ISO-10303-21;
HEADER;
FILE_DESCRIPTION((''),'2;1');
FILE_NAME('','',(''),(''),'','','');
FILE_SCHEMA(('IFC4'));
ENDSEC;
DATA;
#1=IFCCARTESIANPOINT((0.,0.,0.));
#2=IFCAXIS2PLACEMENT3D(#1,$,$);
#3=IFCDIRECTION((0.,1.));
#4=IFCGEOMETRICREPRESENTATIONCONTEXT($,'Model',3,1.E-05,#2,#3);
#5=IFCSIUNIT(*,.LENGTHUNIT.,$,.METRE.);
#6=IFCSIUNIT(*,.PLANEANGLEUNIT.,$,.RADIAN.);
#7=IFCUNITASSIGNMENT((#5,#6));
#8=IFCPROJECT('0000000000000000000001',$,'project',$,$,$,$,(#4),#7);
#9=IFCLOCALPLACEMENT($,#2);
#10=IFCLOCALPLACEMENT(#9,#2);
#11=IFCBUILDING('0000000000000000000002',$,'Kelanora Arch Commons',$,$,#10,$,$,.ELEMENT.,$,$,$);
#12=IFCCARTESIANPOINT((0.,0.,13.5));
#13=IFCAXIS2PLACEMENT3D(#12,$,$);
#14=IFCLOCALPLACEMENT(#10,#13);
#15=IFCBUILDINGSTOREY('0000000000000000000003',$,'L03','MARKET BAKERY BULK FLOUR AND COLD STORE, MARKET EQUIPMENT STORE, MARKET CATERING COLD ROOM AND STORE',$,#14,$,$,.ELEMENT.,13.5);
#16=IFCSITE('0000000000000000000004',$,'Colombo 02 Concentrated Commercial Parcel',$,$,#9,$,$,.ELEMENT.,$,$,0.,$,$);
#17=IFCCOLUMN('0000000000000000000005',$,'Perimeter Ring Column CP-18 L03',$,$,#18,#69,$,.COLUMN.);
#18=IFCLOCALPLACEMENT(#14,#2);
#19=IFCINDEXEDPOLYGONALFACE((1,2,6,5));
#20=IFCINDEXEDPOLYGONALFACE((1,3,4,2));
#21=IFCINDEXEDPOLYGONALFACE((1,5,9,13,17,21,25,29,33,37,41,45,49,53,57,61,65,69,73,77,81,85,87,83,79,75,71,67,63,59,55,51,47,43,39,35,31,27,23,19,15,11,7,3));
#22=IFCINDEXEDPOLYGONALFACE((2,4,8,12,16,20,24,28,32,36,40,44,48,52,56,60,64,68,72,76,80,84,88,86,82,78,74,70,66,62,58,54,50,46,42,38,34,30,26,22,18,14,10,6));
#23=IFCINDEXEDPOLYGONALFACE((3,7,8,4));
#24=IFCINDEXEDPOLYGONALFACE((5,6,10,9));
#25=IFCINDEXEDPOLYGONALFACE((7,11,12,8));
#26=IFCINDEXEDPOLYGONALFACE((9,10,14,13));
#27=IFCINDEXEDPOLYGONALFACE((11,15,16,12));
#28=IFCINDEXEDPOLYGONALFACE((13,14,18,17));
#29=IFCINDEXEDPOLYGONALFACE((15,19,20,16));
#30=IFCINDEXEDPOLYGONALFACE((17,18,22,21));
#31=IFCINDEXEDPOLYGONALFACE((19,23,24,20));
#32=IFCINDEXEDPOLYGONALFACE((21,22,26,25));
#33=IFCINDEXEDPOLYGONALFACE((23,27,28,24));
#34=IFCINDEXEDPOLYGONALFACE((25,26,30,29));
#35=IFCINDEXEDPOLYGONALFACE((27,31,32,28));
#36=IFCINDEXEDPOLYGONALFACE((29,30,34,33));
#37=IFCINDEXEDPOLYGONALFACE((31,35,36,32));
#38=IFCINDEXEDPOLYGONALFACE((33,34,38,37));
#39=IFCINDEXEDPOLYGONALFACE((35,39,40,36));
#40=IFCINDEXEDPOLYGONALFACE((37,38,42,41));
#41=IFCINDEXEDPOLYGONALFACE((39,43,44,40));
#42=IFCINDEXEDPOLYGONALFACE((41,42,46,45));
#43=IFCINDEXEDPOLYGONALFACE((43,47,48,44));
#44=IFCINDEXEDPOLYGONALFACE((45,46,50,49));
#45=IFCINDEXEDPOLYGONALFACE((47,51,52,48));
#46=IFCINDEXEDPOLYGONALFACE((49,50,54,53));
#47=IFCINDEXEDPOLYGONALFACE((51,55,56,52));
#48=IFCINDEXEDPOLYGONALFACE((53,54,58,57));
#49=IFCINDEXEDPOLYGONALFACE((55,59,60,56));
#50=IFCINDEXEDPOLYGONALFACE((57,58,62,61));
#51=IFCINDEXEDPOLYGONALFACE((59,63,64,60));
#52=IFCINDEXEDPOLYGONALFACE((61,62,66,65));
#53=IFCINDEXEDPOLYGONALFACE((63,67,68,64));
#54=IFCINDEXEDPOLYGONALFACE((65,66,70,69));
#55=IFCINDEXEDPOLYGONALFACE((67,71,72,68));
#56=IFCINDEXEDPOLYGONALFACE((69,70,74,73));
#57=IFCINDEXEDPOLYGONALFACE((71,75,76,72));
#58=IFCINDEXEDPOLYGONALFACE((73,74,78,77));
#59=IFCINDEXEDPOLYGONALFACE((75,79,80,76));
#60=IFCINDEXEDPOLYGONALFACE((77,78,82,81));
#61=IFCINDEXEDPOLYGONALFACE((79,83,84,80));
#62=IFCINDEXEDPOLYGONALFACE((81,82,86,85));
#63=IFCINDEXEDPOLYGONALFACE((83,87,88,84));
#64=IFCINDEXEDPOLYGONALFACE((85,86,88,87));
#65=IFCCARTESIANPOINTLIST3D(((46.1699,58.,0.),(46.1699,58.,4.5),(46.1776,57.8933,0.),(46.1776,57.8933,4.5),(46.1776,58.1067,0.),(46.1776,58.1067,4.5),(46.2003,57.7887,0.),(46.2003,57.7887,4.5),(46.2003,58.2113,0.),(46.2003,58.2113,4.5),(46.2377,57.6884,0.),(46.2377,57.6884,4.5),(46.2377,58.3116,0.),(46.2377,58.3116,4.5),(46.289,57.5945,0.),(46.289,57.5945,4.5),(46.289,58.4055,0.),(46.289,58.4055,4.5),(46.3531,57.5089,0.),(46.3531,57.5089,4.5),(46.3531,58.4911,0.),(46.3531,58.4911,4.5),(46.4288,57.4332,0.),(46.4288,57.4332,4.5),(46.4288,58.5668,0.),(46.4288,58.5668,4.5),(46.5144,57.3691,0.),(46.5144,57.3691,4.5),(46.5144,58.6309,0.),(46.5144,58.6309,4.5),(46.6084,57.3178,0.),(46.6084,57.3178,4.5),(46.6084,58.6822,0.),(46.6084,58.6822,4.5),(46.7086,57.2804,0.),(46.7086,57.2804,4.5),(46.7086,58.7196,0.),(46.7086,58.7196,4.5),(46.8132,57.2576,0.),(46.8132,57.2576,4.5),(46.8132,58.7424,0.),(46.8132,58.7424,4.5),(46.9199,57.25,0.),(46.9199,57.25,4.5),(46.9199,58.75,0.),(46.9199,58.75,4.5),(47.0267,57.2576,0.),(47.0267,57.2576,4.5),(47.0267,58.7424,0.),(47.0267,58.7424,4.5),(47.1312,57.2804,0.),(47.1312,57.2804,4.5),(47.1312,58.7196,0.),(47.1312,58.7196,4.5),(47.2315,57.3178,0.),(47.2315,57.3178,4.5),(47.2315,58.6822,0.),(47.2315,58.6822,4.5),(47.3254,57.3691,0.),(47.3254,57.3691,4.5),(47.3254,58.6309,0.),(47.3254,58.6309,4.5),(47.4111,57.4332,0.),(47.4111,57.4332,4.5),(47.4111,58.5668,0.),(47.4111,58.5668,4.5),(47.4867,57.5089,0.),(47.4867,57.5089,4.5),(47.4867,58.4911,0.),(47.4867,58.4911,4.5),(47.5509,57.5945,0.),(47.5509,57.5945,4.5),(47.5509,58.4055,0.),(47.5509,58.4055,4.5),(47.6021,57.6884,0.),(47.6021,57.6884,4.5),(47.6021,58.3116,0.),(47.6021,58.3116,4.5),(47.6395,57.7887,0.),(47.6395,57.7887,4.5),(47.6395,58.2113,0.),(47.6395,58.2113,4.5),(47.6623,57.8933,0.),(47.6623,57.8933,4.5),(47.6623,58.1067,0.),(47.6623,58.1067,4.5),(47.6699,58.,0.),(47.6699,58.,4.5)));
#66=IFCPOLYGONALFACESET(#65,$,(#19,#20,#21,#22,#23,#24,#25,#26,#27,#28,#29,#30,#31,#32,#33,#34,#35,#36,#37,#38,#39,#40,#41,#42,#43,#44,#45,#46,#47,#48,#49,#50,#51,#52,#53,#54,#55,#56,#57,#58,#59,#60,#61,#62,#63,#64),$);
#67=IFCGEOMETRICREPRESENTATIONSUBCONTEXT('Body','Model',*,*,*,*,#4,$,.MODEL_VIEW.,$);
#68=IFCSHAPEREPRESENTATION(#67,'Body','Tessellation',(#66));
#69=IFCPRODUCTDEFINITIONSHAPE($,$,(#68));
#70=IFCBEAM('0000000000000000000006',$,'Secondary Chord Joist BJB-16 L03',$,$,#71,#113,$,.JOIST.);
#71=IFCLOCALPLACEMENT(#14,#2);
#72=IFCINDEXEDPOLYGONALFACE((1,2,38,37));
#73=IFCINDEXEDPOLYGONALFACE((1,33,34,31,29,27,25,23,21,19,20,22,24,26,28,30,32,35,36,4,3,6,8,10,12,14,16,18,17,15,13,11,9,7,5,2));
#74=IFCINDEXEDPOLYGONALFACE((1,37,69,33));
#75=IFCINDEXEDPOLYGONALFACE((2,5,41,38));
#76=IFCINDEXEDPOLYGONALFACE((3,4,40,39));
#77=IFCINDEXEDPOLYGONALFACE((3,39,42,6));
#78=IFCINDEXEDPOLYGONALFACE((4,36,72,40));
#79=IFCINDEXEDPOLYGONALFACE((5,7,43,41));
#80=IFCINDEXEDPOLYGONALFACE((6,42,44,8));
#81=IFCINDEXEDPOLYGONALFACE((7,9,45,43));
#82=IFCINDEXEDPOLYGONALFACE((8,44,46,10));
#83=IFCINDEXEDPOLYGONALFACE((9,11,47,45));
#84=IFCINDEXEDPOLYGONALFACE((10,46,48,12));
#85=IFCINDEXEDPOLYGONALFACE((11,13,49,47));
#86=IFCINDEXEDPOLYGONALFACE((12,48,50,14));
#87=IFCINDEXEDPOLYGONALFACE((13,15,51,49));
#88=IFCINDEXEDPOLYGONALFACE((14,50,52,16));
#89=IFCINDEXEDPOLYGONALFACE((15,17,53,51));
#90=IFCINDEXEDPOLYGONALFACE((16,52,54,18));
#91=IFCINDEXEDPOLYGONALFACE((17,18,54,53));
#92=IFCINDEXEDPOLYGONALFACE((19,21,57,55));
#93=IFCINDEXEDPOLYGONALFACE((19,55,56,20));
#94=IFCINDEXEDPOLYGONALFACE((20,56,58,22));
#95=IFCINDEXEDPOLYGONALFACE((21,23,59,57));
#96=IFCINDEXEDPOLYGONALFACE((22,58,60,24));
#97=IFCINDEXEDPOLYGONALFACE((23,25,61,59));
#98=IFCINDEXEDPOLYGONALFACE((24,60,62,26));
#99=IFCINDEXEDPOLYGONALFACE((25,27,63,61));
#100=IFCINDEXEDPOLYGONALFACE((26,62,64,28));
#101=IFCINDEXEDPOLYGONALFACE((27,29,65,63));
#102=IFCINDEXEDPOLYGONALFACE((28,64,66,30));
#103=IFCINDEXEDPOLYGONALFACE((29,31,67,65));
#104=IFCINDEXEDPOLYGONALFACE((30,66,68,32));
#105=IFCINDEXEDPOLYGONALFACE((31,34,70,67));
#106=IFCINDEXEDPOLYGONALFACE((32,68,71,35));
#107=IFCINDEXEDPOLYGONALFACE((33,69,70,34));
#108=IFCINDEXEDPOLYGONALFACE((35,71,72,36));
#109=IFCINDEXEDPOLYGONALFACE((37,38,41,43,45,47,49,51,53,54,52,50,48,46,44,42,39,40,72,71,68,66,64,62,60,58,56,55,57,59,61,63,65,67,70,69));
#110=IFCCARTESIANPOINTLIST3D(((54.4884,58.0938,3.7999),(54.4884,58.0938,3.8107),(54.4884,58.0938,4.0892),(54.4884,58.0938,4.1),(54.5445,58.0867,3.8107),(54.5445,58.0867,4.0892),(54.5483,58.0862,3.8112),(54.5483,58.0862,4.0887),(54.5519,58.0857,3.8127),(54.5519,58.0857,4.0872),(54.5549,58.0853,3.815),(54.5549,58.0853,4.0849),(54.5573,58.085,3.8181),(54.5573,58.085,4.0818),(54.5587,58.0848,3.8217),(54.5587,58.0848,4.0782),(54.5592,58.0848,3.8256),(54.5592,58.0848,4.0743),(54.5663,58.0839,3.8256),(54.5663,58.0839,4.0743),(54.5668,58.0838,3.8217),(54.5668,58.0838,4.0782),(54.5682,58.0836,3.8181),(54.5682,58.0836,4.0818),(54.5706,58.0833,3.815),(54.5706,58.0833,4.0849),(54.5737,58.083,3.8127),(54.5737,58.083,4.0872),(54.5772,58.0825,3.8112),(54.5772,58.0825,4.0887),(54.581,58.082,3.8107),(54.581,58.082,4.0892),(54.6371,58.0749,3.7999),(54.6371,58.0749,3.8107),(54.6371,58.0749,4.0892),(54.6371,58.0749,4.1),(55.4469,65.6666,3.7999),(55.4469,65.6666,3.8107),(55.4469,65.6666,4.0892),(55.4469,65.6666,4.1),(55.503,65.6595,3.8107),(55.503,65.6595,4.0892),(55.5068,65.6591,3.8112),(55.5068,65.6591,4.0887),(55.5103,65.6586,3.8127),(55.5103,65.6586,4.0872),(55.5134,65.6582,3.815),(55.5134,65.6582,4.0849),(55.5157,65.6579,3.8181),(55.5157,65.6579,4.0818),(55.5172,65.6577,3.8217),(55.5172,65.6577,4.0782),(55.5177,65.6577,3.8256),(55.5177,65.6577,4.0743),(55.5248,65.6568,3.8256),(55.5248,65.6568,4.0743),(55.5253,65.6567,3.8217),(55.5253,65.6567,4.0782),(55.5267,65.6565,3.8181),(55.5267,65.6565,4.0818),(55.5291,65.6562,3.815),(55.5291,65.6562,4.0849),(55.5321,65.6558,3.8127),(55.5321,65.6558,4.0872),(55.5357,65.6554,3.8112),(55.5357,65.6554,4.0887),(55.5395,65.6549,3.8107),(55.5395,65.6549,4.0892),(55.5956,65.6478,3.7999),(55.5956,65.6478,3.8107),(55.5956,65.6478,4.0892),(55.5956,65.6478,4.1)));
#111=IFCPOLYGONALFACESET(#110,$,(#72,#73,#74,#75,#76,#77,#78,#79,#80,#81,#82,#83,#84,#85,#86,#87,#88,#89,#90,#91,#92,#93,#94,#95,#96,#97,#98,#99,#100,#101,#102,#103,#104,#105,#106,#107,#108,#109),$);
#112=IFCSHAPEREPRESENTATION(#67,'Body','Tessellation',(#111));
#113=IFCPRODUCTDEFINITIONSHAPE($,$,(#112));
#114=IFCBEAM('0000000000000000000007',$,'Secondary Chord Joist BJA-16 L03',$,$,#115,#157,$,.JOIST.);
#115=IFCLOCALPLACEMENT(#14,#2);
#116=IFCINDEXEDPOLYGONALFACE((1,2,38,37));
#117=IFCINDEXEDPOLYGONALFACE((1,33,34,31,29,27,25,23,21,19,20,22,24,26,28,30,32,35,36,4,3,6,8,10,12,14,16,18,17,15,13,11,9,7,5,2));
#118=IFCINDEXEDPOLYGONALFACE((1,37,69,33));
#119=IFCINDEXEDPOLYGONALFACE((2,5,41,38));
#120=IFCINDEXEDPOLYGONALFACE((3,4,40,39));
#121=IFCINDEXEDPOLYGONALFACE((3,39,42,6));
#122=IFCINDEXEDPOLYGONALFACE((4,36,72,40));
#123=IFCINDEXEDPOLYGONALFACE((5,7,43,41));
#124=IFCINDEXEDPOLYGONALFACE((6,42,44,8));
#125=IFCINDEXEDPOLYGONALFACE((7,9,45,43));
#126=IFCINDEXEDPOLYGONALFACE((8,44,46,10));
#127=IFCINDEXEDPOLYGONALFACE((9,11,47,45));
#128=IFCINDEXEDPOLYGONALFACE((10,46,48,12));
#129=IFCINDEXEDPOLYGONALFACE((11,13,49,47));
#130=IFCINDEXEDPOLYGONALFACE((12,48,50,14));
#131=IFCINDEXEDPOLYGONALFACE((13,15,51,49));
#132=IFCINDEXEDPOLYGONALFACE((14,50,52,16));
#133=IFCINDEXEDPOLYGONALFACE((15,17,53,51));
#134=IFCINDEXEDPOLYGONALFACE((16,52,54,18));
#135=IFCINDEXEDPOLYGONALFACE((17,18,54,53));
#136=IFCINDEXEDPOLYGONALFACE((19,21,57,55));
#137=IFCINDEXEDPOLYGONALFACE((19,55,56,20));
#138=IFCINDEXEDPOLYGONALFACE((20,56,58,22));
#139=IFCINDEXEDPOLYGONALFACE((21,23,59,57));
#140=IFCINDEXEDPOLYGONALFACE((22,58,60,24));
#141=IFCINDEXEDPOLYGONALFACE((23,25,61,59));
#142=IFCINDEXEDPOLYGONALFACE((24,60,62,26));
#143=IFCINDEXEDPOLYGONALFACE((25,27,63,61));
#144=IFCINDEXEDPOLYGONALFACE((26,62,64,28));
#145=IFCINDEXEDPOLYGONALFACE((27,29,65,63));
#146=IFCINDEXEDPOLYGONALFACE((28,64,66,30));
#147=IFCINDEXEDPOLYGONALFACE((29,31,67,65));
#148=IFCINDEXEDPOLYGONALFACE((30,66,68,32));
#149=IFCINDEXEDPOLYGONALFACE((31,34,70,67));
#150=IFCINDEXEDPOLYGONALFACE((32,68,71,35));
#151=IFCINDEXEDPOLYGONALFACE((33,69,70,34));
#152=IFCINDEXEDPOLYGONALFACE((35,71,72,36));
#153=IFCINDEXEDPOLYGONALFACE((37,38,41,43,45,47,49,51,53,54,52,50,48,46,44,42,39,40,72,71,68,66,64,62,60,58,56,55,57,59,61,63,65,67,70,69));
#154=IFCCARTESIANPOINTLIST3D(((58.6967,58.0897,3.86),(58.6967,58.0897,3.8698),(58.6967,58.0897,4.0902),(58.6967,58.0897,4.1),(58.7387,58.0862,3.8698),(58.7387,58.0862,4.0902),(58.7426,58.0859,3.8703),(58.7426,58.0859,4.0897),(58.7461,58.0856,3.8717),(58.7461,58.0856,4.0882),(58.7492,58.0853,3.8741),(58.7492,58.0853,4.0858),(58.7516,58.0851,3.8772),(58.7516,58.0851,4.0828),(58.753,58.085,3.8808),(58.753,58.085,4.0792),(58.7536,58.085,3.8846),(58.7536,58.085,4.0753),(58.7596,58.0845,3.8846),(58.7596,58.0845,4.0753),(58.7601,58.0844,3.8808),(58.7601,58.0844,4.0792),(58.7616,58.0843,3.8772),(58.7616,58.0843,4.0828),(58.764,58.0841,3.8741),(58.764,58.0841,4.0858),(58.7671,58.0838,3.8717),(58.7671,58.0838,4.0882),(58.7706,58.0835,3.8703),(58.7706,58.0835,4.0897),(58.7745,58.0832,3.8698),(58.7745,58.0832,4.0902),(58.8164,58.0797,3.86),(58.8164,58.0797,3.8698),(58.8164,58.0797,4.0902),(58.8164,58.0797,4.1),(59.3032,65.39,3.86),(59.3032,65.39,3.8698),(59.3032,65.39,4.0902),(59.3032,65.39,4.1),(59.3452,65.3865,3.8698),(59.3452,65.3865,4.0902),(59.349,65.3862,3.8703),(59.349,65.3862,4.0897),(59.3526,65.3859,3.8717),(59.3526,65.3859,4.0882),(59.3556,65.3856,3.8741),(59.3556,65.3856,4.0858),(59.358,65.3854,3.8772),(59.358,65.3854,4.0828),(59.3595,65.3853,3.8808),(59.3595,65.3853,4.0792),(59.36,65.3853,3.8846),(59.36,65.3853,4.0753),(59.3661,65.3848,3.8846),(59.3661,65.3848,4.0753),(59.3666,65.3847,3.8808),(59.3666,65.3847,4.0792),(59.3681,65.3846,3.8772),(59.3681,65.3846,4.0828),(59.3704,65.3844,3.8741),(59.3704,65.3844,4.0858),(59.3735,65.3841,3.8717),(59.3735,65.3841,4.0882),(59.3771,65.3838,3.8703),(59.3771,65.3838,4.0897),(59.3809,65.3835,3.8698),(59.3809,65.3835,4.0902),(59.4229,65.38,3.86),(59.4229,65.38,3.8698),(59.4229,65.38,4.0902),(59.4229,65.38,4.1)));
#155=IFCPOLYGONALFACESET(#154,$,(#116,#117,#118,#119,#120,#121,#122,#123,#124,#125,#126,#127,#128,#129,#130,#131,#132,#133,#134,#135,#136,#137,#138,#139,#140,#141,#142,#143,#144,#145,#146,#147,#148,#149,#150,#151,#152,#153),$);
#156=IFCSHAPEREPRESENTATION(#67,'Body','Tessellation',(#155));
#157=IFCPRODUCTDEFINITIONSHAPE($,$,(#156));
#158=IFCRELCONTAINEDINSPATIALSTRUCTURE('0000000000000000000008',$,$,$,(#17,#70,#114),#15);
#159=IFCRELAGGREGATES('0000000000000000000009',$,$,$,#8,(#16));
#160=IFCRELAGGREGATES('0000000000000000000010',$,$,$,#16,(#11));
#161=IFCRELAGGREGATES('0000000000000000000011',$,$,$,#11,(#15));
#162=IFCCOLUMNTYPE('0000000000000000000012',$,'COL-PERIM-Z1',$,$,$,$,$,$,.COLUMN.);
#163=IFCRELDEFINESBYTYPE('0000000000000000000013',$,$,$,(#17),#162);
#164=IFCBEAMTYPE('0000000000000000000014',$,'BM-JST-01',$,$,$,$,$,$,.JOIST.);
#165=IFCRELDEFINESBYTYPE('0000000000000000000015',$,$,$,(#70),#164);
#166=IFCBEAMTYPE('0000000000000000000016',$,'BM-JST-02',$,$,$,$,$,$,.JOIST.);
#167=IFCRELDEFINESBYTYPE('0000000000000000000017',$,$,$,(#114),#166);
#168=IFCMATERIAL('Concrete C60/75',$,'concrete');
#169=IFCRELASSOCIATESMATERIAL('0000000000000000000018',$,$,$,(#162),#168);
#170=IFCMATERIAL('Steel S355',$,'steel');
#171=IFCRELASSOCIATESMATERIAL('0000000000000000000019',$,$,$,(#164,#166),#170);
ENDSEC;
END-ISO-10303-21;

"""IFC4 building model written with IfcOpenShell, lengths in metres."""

from ifc_helpers import new_model, si_unit, direction, frame, origin, origin_2d, place, context, subcontext, project, spatial, circle, i_section, extrude, material, material_profile, profile_set, type_object, element, save


model = new_model("IFC4")

# Units and contexts
model_context = context("Model", 3, precision=1e-05, world=origin(), true_north=direction((0.0, 1.0)))
body_context = subcontext(model_context, "Body", "Model", "MODEL_VIEW")
ifc_project = project(units=[si_unit("LENGTHUNIT", "METRE"), si_unit("PLANEANGLEUNIT", "RADIAN")], contexts=[model_context])

# Site, building, storey
site_placement = place(None, origin())
site = spatial("IfcSite", under=ifc_project, at=site_placement, Name="Colombo 02 Concentrated Commercial Parcel", CompositionType="ELEMENT", RefElevation=0.0)
building_placement = place(site_placement, origin())
building = spatial("IfcBuilding", under=site, at=building_placement, Name="Kelanora Arch Commons", CompositionType="ELEMENT")
storey_placement = place(building_placement, frame((0.0, 0.0, 13.5)))
storey = spatial("IfcBuildingStorey", under=building, at=storey_placement, Name="L03", Description="MARKET BAKERY BULK FLOUR AND COLD STORE, MARKET EQUIPMENT STORE, MARKET CATERING COLD ROOM AND STORE", CompositionType="ELEMENT", Elevation=13.5)

# Column
ifc_material_1 = material(Name="Concrete C60/75", Category="concrete")
ifc_material_profile_1 = material_profile(ifc_material_1, circle(Radius=0.75, at=origin_2d()), Name="RCC1500")
ifc_profile_set_1 = profile_set([ifc_material_profile_1], Name="Concrete C60/75")
column_type = type_object("IfcColumnType", Name="COL-PERIM-Z1", PredefinedType="COLUMN", material=ifc_profile_set_1)
column_placement = place(storey_placement, frame((46.9199, 58.0, 0.0), z_axis=(0.0, 0.0, 1.0), x_axis=(1.0, 0.0, 0.0)))
element("IfcColumn", 1, at=column_placement, inside=storey, type_object=column_type, Name="Perimeter Ring Column CP-18 L03", PredefinedType="COLUMN", context=body_context, shape_type="SweptSolid", body=[
    extrude(circle(Radius=0.75, at=origin_2d()), origin(), (0.0, 0.0, 1.0), 4.5),
])

# Beams
ifc_material_2 = material(Name="Steel S355", Category="steel")
ifc_material_profile_2 = material_profile(ifc_material_2, i_section(OverallWidth=0.1499, OverallDepth=0.3, WebThickness=0.0071, FlangeThickness=0.0107, FilletRadius=0.0149, at=origin_2d()), Name="IPE300")
ifc_profile_set_2 = profile_set([ifc_material_profile_2], Name="Steel S355")
beam_type_1 = type_object("IfcBeamType", Name="BM-JST-01", PredefinedType="JOIST", material=ifc_profile_set_2)
beam_1_placement = place(storey_placement, frame((55.5212, 65.6572, 3.95), z_axis=(-0.125566, -0.992085, 0.0), x_axis=(0.992085, -0.125566, 0.0)))
element("IfcBeam", 2, at=beam_1_placement, inside=storey, type_object=beam_type_1, Name="Secondary Chord Joist BJB-16 L03", PredefinedType="JOIST", context=body_context, shape_type="SweptSolid", body=[
    extrude(i_section(OverallWidth=0.1499, OverallDepth=0.3, WebThickness=0.0071, FlangeThickness=0.0107, FilletRadius=0.0149, at=origin_2d()), origin(), (0.0, 0.0, 1.0), 7.6333),
])
ifc_material_profile_3 = material_profile(ifc_material_2, i_section(OverallWidth=0.1201, OverallDepth=0.24, WebThickness=0.0061, FlangeThickness=0.0098, FilletRadius=0.0149, at=origin_2d()), Name="IPE240")
ifc_profile_set_3 = profile_set([ifc_material_profile_3], Name="Steel S355")
beam_type_2 = type_object("IfcBeamType", Name="BM-JST-02", PredefinedType="JOIST", material=ifc_profile_set_3)
beam_2_placement = place(storey_placement, frame((59.363, 65.385, 3.98), z_axis=(-0.082786, -0.996567, 0.0), x_axis=(0.996567, -0.082786, 0.0)))
element("IfcBeam", 3, at=beam_2_placement, inside=storey, type_object=beam_type_2, Name="Secondary Chord Joist BJA-16 L03", PredefinedType="JOIST", context=body_context, shape_type="SweptSolid", body=[
    extrude(i_section(OverallWidth=0.1201, OverallDepth=0.24, WebThickness=0.0061, FlangeThickness=0.0098, FilletRadius=0.0149, at=origin_2d()), origin(), (0.0, 0.0, 1.0), 7.3254),
])

save(model, "model.ifc")
